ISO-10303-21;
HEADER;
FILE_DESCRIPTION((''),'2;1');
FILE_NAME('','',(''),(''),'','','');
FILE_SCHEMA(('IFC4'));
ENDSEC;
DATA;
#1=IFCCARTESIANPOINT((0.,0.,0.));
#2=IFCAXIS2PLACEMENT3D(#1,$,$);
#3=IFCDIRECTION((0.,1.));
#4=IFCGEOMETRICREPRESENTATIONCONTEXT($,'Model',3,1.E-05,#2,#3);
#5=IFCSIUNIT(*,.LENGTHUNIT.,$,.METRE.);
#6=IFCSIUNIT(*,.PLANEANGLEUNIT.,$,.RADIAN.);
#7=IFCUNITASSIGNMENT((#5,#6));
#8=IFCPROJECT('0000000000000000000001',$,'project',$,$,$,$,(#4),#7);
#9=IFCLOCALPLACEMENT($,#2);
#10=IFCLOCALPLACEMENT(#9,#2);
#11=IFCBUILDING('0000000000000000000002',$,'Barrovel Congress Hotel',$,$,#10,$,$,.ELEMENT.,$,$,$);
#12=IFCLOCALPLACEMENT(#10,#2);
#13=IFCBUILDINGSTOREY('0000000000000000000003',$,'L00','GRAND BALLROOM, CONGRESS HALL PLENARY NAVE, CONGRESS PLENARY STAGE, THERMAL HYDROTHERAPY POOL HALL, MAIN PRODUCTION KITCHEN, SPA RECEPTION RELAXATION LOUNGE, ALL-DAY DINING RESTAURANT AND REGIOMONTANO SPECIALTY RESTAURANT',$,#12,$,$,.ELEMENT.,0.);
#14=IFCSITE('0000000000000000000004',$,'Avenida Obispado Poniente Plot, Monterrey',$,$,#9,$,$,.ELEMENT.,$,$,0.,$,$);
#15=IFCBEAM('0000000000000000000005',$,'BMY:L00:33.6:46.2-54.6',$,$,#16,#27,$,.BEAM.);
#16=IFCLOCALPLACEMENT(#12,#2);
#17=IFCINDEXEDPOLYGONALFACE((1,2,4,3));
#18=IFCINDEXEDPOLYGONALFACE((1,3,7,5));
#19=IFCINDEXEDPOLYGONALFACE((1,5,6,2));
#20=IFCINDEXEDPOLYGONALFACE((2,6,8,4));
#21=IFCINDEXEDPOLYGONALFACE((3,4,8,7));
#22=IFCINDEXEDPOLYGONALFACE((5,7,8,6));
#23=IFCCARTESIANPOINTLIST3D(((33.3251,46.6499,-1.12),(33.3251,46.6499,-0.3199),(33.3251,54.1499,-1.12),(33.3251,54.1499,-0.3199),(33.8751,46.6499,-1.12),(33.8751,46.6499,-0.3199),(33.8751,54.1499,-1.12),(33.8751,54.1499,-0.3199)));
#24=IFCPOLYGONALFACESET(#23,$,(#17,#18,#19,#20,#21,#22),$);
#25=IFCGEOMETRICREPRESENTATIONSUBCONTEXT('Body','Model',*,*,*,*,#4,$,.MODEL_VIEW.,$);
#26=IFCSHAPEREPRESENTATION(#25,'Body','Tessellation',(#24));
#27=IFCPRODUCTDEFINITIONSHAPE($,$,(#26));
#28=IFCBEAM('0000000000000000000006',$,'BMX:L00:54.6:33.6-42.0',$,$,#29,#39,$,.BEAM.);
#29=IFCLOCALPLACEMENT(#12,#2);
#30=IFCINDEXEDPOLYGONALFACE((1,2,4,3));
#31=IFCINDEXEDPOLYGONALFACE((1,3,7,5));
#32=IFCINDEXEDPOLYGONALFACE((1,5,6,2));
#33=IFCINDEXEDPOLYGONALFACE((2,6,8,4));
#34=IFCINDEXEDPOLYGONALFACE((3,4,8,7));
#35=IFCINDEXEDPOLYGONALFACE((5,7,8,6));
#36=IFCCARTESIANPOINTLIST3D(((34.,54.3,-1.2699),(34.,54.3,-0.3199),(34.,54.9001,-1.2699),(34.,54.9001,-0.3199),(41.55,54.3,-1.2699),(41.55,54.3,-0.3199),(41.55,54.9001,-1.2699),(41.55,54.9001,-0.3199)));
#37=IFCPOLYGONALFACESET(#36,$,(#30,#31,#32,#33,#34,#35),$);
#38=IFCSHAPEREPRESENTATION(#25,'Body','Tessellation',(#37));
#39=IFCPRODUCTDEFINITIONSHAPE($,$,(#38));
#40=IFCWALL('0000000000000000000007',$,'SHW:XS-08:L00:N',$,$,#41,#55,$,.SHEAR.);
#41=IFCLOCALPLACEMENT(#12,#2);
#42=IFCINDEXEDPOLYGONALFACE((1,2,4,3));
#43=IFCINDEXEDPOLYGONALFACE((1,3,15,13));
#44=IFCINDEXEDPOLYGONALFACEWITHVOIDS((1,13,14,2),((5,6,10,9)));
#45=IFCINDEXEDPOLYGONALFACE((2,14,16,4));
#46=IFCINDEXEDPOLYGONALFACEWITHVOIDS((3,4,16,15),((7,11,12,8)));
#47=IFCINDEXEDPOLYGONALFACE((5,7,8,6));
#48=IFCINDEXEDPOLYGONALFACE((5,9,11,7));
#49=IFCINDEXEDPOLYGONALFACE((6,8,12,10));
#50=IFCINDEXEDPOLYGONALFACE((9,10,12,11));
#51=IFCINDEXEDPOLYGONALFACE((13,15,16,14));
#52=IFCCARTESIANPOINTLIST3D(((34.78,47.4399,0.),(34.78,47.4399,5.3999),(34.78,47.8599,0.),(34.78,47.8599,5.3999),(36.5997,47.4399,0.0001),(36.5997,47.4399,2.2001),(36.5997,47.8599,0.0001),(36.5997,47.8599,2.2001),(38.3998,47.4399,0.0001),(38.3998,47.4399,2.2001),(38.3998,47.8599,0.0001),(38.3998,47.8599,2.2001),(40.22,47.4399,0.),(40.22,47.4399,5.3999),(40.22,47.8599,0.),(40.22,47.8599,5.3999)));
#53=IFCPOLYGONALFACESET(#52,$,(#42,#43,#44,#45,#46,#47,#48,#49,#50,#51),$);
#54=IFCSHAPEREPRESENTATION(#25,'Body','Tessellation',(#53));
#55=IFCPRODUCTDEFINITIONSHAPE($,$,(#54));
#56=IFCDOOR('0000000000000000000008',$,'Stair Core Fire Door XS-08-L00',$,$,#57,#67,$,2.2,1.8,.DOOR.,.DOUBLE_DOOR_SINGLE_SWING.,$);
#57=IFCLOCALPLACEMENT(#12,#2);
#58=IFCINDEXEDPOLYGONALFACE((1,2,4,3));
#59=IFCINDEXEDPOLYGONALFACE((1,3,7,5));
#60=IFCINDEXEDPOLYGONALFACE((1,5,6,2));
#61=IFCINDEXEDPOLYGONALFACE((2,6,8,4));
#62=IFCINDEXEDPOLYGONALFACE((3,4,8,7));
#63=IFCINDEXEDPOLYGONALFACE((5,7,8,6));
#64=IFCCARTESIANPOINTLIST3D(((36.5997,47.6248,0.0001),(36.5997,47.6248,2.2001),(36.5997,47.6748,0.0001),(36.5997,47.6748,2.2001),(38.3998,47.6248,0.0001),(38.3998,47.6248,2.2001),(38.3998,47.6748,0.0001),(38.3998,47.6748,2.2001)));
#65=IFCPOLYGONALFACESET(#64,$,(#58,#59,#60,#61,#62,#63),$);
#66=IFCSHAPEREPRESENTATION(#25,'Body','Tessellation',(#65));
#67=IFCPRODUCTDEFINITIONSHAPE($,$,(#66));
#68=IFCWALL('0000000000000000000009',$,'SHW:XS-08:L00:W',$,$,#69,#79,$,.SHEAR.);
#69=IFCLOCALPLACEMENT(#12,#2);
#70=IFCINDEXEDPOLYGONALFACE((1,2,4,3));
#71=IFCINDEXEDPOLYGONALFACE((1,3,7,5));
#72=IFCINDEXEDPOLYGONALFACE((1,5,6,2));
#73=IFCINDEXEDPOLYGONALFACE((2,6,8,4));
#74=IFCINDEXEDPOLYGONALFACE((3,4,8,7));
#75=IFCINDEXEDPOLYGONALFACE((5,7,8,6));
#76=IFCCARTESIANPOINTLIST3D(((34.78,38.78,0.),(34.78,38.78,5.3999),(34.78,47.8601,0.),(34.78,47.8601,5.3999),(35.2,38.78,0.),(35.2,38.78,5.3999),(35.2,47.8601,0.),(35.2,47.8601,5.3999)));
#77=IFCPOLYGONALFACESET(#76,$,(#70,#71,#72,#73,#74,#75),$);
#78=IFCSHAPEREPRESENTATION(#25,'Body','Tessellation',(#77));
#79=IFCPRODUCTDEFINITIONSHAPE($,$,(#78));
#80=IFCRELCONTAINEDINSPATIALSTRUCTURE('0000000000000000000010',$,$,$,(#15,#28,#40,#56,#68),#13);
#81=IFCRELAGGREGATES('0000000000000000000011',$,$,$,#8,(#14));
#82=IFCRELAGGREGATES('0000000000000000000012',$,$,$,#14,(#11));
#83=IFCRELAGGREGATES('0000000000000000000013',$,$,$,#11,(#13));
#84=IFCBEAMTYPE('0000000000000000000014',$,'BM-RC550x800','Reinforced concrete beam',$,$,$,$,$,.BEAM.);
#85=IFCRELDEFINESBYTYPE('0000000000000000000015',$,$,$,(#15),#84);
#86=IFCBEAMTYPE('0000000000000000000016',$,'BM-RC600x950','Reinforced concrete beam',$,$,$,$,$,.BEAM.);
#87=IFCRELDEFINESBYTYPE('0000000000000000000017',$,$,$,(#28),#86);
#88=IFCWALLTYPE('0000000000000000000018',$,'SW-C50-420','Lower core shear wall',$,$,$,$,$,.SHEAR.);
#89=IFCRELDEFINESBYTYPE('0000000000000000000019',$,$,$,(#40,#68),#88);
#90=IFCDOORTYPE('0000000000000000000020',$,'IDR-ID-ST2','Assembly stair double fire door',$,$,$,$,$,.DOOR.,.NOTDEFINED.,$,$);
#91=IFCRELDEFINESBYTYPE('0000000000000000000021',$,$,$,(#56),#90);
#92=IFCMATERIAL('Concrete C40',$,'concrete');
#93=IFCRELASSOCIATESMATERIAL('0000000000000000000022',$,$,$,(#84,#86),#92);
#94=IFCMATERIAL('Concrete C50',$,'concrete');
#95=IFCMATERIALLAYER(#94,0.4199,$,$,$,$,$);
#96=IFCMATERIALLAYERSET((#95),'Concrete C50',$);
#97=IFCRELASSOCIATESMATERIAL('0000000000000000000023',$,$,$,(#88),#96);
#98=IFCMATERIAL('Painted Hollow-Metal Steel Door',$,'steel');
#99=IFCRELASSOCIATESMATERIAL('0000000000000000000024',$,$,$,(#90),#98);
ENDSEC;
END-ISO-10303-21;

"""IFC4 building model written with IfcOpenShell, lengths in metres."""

from ifc_helpers import new_model, si_unit, direction, frame, frame_2d, origin, origin_2d, place, context, subcontext, project, spatial, rectangle, extrude, material, layer, layer_set, material_profile, profile_set, type_object, element, fill, save


model = new_model("IFC4")

# Units and contexts
model_context = context("Model", 3, precision=1e-05, world=origin(), true_north=direction((0.0, 1.0)))
body_context = subcontext(model_context, "Body", "Model", "MODEL_VIEW")
ifc_project = project(units=[si_unit("LENGTHUNIT", "METRE"), si_unit("PLANEANGLEUNIT", "RADIAN")], contexts=[model_context])

# Site, building, storey
site_placement = place(None, origin())
site = spatial("IfcSite", under=ifc_project, at=site_placement, Name="Avenida Obispado Poniente Plot, Monterrey", CompositionType="ELEMENT", RefElevation=0.0)
building_placement = place(site_placement, origin())
building = spatial("IfcBuilding", under=site, at=building_placement, Name="Barrovel Congress Hotel", CompositionType="ELEMENT")
storey_placement = place(building_placement, origin())
storey = spatial("IfcBuildingStorey", under=building, at=storey_placement, Name="L00", Description="GRAND BALLROOM, CONGRESS HALL PLENARY NAVE, CONGRESS PLENARY STAGE, THERMAL HYDROTHERAPY POOL HALL, MAIN PRODUCTION KITCHEN, SPA RECEPTION RELAXATION LOUNGE, ALL-DAY DINING RESTAURANT AND REGIOMONTANO SPECIALTY RESTAURANT", CompositionType="ELEMENT", Elevation=0.0)

# Shared definitions
ifc_material_1 = material(Name="Concrete C40", Category="concrete")

# Beams
ifc_material_profile_1 = material_profile(ifc_material_1, rectangle(XDim=0.55, YDim=0.8, at=origin_2d()), Name="RC550x800")
ifc_profile_set_1 = profile_set([ifc_material_profile_1], Name="Concrete C40")
beam_type_1 = type_object("IfcBeamType", Name="BM-RC550x800", Description="Reinforced concrete beam", PredefinedType="BEAM", material=ifc_profile_set_1)
beam_1_placement = place(storey_placement, frame((33.6001, 46.6499, -0.72), z_axis=(0.0, 1.0, 0.0), x_axis=(-1.0, 0.0, 0.0)))
element("IfcBeam", 1, at=beam_1_placement, inside=storey, type_object=beam_type_1, Name="BMY:L00:33.6:46.2-54.6", PredefinedType="BEAM", context=body_context, shape_type="SweptSolid", body=[
    extrude(rectangle(XDim=0.55, YDim=0.8, at=origin_2d()), origin(), (0.0, 0.0, 1.0), 7.5),
])
ifc_material_profile_2 = material_profile(ifc_material_1, rectangle(XDim=0.6001, YDim=0.95, at=origin_2d()), Name="RC600x950")
ifc_profile_set_2 = profile_set([ifc_material_profile_2], Name="Concrete C40")
beam_type_2 = type_object("IfcBeamType", Name="BM-RC600x950", Description="Reinforced concrete beam", PredefinedType="BEAM", material=ifc_profile_set_2)
beam_2_placement = place(storey_placement, frame((34.0, 54.6001, -0.7949), z_axis=(1.0, 0.0, 0.0), x_axis=(0.0, 1.0, 0.0)))
element("IfcBeam", 2, at=beam_2_placement, inside=storey, type_object=beam_type_2, Name="BMX:L00:54.6:33.6-42.0", PredefinedType="BEAM", context=body_context, shape_type="SweptSolid", body=[
    extrude(rectangle(XDim=0.6001, YDim=0.95, at=origin_2d()), origin(), (0.0, 0.0, 1.0), 7.55),
])

# Wall, opening, door
ifc_material_2 = material(Name="Concrete C50", Category="concrete")
ifc_layer = layer(ifc_material_2, 0.4199)
ifc_layer_set = layer_set([ifc_layer], Name="Concrete C50")
wall_type = type_object("IfcWallType", Name="SW-C50-420", Description="Lower core shear wall", PredefinedType="SHEAR", material=ifc_layer_set)
wall_1_placement = place(storey_placement, frame((40.22, 47.6499, 0.0), z_axis=(0.0, 0.0, 1.0), x_axis=(-1.0, 0.0, 0.0)))
wall_1 = element("IfcWall", 3, at=wall_1_placement, inside=storey, type_object=wall_type, Name="SHW:XS-08:L00:N", PredefinedType="SHEAR", context=body_context, shape_type="SweptSolid", body=[
    extrude(rectangle(XDim=5.4399, YDim=0.4199, at=frame_2d((2.72, 0.0))), origin(), (0.0, 0.0, 1.0), 5.3999),
])
opening_placement = place(wall_1_placement, frame((3.6201, 0.0, 0.0), z_axis=(0.0, 0.0, 1.0), x_axis=(-1.0, 0.0, 0.0)))
opening = element("IfcOpeningElement", 4, at=opening_placement, cuts=wall_1, PredefinedType="OPENING", context=body_context, shape_type="SweptSolid", body=[
    extrude(rectangle(XDim=1.8, YDim=2.2, at=frame_2d((0.8999, 1.1001))), frame((0.0, 0.22, 0.0), z_axis=(0.0, -1.0, 0.0), x_axis=(1.0, 0.0, 0.0)), (0.0, 0.0, 1.0), 0.4399),
])
ifc_material_3 = material(Name="Painted Hollow-Metal Steel Door", Category="steel")
door_type = type_object("IfcDoorType", Name="IDR-ID-ST2", Description="Assembly stair double fire door", OperationType="NOTDEFINED", PredefinedType="DOOR", material=ifc_material_3)
door_placement = place(opening_placement, origin())
door = element("IfcDoor", 5, at=door_placement, inside=storey, type_object=door_type, Name="Stair Core Fire Door XS-08-L00", OperationType="DOUBLE_DOOR_SINGLE_SWING", OverallHeight=2.2, OverallWidth=1.8, PredefinedType="DOOR", context=body_context, shape_type="SweptSolid", body=[
    extrude(rectangle(XDim=1.8, YDim=2.2, at=frame_2d((0.8999, 1.1001))), frame((0.0, 0.0249, 0.0), z_axis=(0.0, -1.0, 0.0), x_axis=(1.0, 0.0, 0.0)), (0.0, 0.0, 1.0), 0.05),
])
fill(opening, door)

# Wall
wall_2_placement = place(storey_placement, frame((34.99, 47.8601, 0.0), z_axis=(0.0, 0.0, 1.0), x_axis=(0.0, -1.0, 0.0)))
element("IfcWall", 6, at=wall_2_placement, inside=storey, type_object=wall_type, Name="SHW:XS-08:L00:W", PredefinedType="SHEAR", context=body_context, shape_type="SweptSolid", body=[
    extrude(rectangle(XDim=9.0801, YDim=0.4199, at=frame_2d((4.54, 0.0))), origin(), (0.0, 0.0, 1.0), 5.3999),
])

save(model, "model.ifc")
